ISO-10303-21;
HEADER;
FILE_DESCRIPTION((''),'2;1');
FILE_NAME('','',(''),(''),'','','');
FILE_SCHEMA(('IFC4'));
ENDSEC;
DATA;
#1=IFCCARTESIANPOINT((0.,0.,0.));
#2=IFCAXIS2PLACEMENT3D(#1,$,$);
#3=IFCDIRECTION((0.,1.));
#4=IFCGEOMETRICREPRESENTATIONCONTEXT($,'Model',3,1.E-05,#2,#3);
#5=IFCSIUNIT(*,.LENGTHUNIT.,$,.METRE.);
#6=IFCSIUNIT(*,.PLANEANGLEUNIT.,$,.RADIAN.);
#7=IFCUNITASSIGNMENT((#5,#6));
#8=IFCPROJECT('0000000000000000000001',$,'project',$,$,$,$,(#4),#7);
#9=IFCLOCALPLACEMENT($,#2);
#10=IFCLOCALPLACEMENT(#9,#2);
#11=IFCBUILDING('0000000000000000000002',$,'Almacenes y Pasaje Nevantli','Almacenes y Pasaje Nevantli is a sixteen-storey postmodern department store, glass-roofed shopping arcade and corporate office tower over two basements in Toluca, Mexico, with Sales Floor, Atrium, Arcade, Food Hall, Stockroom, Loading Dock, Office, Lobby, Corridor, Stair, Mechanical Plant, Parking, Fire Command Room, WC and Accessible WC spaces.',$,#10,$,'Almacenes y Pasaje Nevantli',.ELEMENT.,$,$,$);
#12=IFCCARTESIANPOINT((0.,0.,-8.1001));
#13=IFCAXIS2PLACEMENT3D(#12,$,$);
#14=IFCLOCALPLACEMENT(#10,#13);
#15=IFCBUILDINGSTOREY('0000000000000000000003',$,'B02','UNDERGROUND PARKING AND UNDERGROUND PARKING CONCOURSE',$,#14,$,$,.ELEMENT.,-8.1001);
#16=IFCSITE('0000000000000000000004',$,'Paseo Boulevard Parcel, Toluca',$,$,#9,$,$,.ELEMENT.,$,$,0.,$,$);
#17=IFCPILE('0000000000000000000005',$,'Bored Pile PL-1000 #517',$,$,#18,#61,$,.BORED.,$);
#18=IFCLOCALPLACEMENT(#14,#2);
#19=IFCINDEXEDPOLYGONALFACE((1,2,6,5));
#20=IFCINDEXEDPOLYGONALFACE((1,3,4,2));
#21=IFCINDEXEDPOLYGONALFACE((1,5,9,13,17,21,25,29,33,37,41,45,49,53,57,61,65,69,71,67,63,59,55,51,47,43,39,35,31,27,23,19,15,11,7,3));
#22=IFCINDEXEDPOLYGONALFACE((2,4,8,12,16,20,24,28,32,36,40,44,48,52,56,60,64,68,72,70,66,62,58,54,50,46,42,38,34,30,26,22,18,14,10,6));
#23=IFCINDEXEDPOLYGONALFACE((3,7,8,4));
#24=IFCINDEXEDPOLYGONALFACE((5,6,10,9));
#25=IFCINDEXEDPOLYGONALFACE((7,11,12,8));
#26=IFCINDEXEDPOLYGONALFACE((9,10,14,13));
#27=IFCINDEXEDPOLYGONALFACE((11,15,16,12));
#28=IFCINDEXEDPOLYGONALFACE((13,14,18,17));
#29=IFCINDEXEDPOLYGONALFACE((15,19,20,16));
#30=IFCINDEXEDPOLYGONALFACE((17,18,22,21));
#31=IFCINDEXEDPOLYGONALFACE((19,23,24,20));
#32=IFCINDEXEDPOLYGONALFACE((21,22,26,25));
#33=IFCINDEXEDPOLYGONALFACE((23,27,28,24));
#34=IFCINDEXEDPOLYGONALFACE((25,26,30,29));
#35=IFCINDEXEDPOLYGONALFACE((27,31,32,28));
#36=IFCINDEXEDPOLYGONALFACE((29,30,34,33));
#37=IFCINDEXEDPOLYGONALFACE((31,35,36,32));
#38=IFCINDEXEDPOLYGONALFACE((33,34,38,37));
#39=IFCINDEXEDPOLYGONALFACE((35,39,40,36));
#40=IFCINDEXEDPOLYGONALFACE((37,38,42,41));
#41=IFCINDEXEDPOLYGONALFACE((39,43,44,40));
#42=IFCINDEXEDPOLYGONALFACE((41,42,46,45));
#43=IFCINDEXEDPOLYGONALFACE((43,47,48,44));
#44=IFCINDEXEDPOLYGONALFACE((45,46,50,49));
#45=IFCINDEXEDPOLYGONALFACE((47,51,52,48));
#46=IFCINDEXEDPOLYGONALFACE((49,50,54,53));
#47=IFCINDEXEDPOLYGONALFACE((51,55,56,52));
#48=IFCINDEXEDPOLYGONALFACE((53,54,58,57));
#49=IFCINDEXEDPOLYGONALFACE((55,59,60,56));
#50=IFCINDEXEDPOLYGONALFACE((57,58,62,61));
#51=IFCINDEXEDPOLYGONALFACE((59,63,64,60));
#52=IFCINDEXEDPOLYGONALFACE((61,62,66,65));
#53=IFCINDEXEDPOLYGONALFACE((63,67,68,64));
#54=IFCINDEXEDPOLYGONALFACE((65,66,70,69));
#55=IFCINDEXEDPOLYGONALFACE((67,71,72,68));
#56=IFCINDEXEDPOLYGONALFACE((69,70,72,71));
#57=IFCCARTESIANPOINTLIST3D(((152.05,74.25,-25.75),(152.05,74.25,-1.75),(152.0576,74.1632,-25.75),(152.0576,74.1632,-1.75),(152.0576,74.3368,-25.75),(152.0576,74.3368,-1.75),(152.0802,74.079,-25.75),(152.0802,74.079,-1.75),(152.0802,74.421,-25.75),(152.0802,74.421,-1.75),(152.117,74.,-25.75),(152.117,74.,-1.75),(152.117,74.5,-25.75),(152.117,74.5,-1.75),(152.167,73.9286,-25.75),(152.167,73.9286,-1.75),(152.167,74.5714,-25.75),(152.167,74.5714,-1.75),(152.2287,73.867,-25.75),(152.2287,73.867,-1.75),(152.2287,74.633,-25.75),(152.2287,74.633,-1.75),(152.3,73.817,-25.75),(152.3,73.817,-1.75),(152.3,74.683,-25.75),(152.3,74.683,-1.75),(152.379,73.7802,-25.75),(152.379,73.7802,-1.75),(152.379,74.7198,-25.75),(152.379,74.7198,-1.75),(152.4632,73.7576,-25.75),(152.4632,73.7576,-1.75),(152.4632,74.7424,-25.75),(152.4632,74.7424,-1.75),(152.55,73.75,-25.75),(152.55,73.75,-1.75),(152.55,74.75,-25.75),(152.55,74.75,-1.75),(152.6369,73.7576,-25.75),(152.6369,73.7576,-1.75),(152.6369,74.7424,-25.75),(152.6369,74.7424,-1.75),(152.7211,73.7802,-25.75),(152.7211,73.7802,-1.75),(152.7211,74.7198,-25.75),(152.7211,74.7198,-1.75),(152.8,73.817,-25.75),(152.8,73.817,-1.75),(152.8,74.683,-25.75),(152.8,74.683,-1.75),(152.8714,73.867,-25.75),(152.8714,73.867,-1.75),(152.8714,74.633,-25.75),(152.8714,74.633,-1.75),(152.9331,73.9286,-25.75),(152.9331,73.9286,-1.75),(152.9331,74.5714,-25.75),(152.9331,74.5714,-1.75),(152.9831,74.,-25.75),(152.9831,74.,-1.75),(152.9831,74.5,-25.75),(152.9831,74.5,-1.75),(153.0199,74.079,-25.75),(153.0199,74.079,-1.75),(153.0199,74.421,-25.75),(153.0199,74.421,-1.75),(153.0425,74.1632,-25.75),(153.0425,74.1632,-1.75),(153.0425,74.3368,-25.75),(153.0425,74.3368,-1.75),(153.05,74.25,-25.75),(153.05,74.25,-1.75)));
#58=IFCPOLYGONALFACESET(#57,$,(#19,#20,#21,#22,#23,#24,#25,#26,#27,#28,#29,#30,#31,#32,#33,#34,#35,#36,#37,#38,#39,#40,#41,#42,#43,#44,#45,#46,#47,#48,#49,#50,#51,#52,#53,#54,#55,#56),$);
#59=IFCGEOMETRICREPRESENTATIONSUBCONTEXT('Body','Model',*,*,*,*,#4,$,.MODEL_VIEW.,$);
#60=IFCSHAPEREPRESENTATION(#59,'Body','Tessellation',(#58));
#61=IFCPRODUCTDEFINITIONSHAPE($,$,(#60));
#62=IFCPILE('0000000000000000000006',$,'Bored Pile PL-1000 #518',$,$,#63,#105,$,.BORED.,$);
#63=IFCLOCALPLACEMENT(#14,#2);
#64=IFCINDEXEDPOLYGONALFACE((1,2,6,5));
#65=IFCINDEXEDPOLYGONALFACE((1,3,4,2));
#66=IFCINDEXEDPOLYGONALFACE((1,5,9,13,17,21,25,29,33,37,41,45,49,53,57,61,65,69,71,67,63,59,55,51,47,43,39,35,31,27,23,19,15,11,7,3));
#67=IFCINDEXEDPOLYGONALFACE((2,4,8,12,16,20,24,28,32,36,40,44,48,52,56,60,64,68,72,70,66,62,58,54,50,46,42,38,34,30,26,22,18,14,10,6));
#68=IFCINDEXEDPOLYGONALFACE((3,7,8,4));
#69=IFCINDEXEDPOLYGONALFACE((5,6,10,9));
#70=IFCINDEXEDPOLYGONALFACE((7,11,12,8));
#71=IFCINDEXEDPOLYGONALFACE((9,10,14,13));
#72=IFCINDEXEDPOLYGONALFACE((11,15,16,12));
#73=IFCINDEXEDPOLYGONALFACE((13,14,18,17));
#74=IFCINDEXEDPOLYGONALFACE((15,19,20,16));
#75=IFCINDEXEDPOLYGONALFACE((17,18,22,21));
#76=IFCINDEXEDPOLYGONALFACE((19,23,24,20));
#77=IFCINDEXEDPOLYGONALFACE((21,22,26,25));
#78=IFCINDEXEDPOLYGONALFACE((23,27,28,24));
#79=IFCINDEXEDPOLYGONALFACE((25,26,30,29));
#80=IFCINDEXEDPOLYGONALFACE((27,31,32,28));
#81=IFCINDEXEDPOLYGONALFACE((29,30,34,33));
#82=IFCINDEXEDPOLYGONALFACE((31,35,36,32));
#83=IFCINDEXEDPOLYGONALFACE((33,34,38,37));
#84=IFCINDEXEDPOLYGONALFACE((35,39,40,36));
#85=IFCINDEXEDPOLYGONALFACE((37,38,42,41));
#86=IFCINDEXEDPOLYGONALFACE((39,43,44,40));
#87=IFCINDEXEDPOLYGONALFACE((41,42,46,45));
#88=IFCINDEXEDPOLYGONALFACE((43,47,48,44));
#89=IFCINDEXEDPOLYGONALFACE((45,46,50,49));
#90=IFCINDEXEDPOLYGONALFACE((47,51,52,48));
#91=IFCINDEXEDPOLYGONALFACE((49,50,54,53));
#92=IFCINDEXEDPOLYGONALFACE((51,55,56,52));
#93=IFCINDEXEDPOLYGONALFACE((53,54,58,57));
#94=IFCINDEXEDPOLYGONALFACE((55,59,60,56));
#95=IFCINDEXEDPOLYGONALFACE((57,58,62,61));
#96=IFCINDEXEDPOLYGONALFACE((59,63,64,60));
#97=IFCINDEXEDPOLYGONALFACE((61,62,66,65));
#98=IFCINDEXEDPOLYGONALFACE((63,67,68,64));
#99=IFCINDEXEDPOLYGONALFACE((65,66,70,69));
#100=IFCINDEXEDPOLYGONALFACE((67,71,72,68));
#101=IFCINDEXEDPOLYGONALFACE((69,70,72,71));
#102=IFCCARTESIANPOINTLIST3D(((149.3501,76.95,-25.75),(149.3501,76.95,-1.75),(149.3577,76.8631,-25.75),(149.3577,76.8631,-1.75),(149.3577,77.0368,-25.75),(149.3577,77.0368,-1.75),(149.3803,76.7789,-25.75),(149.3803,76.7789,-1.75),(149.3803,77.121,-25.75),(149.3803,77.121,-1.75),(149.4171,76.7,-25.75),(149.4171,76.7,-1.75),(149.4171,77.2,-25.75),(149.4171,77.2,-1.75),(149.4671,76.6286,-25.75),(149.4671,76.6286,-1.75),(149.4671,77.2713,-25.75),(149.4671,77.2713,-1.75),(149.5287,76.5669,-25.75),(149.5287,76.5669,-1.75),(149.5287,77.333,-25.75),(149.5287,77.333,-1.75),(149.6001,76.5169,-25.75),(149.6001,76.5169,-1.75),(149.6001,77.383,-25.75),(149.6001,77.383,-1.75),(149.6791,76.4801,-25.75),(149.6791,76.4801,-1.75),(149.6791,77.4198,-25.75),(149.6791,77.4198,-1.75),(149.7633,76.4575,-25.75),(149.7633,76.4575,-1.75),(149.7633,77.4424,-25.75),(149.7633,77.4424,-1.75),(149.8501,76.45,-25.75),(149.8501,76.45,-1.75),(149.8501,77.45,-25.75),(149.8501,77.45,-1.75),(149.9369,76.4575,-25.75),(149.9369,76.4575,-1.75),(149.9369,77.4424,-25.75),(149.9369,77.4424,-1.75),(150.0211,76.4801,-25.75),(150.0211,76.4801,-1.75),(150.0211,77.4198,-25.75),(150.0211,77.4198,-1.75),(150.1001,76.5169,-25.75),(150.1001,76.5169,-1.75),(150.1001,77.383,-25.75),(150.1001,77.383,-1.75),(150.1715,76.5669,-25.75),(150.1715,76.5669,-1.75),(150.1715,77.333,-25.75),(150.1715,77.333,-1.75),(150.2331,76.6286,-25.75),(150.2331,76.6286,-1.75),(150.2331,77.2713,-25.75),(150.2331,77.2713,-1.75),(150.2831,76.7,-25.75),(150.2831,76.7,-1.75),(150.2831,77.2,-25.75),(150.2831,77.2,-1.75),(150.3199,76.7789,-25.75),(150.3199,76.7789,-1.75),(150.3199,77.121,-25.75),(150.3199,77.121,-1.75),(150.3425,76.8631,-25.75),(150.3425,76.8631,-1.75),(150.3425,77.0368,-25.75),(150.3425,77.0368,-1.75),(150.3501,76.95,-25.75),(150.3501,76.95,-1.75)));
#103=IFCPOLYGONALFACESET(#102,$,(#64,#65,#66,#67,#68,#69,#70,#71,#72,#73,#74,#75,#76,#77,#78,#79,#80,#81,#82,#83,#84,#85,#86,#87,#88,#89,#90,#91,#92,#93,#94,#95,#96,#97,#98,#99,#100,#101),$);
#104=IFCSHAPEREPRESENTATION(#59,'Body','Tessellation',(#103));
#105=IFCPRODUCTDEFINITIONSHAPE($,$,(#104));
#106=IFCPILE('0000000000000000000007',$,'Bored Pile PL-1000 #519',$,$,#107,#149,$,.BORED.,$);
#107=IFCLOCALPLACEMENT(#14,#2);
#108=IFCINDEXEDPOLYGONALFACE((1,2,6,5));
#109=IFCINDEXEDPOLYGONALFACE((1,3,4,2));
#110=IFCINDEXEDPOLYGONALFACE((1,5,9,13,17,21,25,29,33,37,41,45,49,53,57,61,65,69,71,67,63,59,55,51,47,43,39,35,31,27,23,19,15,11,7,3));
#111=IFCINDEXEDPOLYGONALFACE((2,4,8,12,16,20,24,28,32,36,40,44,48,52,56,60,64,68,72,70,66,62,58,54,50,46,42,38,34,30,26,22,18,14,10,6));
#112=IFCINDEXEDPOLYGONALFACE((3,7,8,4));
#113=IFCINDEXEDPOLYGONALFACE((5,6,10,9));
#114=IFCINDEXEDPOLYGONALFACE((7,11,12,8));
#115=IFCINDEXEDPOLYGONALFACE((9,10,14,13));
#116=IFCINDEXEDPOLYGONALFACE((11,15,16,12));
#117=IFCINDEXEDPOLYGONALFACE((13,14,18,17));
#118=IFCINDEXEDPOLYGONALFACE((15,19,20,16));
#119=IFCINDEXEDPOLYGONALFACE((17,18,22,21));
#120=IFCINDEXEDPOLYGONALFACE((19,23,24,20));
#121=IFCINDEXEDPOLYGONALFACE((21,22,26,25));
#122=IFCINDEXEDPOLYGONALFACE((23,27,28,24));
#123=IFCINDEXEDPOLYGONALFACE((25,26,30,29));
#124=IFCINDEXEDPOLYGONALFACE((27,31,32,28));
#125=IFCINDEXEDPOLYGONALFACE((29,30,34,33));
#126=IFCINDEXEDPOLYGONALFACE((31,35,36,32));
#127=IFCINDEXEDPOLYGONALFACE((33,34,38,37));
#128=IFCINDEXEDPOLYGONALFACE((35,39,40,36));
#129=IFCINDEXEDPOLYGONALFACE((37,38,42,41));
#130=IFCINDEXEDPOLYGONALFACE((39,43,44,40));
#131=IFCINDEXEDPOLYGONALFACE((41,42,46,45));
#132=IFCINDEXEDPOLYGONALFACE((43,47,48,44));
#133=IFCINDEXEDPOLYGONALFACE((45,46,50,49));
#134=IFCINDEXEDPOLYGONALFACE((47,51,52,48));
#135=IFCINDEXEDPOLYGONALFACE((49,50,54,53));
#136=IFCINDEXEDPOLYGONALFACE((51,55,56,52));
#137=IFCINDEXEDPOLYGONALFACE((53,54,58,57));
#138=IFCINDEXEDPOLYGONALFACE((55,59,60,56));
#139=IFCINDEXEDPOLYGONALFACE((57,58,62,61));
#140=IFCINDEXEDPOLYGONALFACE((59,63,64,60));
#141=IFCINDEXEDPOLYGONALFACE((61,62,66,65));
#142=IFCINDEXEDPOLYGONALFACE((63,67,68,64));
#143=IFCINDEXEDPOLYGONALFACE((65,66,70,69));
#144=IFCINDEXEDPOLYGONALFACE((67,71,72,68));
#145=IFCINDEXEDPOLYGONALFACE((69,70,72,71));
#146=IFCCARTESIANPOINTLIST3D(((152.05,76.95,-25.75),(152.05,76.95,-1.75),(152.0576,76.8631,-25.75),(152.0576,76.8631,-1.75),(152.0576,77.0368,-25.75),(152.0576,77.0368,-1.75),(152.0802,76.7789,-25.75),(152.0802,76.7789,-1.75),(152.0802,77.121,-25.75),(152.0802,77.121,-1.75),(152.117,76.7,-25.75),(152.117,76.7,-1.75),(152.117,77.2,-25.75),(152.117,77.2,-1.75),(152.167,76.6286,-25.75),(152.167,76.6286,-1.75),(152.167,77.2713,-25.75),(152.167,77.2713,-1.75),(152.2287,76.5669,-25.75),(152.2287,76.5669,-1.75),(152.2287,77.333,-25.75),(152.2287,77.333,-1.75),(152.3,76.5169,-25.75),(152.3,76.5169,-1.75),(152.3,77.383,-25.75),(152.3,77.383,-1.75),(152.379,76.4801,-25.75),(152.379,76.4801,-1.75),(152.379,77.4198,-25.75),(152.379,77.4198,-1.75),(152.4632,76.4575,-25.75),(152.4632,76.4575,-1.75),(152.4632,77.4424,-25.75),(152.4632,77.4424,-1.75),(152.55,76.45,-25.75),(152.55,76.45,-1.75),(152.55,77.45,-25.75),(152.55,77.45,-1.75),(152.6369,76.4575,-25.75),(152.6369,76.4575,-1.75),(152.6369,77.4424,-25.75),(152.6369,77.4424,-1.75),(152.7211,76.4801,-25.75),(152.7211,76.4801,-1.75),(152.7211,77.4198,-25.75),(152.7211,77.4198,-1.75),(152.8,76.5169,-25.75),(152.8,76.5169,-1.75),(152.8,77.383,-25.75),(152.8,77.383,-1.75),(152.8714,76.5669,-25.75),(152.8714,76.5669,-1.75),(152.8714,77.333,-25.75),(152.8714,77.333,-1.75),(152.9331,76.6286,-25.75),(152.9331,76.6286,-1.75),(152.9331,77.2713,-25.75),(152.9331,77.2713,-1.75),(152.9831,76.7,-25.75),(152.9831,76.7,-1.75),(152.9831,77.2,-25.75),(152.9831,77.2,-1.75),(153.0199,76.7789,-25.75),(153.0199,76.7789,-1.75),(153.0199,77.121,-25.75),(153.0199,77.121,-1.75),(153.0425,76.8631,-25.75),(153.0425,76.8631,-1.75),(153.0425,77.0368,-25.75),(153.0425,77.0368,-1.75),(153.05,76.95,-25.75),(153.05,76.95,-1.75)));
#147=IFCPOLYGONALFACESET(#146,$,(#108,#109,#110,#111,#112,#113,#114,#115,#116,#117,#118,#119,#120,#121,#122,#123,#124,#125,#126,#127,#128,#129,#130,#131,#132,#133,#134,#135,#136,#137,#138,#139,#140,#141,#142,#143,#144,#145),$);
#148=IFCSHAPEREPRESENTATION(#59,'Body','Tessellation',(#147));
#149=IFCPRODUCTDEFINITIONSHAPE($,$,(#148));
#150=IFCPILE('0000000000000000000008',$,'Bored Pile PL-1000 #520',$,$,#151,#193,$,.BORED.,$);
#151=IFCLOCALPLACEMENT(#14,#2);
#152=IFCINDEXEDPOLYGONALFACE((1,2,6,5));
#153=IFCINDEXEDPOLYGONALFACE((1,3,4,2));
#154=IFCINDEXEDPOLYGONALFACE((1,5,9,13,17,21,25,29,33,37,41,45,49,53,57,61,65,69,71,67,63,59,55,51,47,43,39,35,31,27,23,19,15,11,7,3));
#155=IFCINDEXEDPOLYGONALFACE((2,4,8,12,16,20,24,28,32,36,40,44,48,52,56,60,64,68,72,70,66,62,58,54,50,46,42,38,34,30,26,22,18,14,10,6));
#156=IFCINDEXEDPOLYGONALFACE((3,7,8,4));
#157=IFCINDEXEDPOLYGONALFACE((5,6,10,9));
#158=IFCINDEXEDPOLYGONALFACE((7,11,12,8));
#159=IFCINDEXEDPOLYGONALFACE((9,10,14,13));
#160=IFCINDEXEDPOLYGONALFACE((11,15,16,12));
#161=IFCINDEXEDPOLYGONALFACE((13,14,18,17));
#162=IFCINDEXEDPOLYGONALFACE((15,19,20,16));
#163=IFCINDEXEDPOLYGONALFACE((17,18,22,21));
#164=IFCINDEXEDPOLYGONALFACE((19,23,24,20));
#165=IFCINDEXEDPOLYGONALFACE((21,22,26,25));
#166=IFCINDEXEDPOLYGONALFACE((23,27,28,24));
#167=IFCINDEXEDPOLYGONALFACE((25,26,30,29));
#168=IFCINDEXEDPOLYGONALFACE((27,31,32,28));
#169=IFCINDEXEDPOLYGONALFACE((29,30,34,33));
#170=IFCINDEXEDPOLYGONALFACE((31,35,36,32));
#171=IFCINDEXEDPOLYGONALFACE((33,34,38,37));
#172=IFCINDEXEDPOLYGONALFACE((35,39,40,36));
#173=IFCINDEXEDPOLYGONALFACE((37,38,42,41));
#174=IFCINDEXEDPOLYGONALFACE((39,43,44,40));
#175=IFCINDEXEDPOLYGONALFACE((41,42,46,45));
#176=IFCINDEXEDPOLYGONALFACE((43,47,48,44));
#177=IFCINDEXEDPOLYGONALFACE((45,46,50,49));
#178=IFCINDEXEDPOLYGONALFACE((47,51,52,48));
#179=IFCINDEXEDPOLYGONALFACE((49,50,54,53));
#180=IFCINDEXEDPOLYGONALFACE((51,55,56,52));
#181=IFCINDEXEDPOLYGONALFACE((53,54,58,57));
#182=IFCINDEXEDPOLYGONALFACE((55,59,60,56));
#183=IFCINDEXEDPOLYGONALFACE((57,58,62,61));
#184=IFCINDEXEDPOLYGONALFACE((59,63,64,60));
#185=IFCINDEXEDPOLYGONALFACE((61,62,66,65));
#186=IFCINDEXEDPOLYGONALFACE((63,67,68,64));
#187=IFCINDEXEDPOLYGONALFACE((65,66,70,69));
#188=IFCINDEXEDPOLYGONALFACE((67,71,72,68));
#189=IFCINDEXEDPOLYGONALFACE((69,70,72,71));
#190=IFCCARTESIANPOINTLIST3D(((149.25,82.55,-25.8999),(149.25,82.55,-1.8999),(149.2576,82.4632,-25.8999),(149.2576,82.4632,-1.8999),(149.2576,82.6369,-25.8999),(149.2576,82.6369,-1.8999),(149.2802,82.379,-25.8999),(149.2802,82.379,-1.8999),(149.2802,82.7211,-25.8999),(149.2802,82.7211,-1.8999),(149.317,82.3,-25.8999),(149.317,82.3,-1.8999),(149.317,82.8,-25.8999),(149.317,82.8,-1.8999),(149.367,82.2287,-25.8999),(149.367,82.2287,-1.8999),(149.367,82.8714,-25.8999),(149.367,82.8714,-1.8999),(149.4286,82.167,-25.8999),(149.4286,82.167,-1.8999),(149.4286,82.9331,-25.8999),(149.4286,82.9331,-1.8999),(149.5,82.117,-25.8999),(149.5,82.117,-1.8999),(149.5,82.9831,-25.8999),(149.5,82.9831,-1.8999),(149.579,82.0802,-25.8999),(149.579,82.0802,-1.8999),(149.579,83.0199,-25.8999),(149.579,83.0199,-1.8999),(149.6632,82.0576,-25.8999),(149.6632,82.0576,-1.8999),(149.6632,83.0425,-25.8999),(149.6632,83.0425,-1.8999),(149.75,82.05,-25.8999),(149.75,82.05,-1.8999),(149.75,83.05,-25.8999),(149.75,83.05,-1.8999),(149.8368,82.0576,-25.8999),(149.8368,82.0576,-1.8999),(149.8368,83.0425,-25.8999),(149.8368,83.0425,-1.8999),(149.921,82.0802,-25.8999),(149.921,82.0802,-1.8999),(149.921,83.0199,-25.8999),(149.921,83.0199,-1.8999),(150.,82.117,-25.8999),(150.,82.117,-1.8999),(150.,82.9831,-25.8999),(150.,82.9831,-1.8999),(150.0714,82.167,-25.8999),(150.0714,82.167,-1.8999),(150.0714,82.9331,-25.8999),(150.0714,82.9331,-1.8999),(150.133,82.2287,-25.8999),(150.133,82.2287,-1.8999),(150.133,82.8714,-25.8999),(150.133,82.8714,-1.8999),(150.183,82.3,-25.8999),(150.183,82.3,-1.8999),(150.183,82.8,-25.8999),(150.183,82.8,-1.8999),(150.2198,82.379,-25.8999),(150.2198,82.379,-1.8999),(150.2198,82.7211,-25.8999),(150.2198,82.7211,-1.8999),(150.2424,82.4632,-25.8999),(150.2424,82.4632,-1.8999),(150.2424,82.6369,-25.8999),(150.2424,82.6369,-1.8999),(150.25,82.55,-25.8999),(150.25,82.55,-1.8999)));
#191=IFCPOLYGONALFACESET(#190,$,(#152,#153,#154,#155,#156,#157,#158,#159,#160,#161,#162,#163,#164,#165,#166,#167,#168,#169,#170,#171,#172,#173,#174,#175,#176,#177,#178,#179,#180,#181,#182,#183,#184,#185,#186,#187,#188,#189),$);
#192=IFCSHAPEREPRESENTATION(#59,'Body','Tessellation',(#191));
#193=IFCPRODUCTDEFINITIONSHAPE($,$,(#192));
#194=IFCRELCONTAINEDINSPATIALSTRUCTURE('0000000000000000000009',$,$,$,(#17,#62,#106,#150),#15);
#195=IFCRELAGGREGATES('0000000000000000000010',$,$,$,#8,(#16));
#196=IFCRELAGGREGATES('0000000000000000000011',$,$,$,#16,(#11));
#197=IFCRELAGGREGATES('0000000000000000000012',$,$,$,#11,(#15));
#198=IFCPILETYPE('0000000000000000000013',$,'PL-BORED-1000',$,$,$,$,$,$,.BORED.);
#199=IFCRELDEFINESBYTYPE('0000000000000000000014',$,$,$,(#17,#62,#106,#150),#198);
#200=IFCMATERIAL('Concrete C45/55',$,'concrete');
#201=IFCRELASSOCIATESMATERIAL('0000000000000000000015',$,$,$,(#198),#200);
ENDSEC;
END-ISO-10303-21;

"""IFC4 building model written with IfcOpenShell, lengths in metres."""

from ifc_helpers import new_model, si_unit, direction, frame, origin, origin_2d, place, context, subcontext, project, spatial, circle, extrude, material, material_profile, profile_set, type_object, element, save


model = new_model("IFC4")

# Units and contexts
model_context = context("Model", 3, precision=1e-05, world=origin(), true_north=direction((0.0, 1.0)))
body_context = subcontext(model_context, "Body", "Model", "MODEL_VIEW")
ifc_project = project(units=[si_unit("LENGTHUNIT", "METRE"), si_unit("PLANEANGLEUNIT", "RADIAN")], contexts=[model_context])

# Site, building, storey
site_placement = place(None, origin())
site = spatial("IfcSite", under=ifc_project, at=site_placement, Name="Paseo Boulevard Parcel, Toluca", CompositionType="ELEMENT", RefElevation=0.0)
building_placement = place(site_placement, origin())
building = spatial("IfcBuilding", under=site, at=building_placement, Name="Almacenes y Pasaje Nevantli", Description="Almacenes y Pasaje Nevantli is a sixteen-storey postmodern department store, glass-roofed shopping arcade and corporate office tower over two basements in Toluca, Mexico, with Sales Floor, Atrium, Arcade, Food Hall, Stockroom, Loading Dock, Office, Lobby, Corridor, Stair, Mechanical Plant, Parking, Fire Command Room, WC and Accessible WC spaces.", LongName="Almacenes y Pasaje Nevantli", CompositionType="ELEMENT")
storey_placement = place(building_placement, frame((0.0, 0.0, -8.1001)))
storey = spatial("IfcBuildingStorey", under=building, at=storey_placement, Name="B02", Description="UNDERGROUND PARKING AND UNDERGROUND PARKING CONCOURSE", CompositionType="ELEMENT", Elevation=-8.1001)

# Piles
ifc_material_1 = material(Name="Concrete C45/55", Category="concrete")
ifc_material_profile_1 = material_profile(ifc_material_1, circle(Radius=0.5, at=origin_2d()), Name="RC-PILE-D1000")
ifc_profile_set_1 = profile_set([ifc_material_profile_1], Name="Concrete C45/55")
pile_type = type_object("IfcPileType", Name="PL-BORED-1000", PredefinedType="BORED", material=ifc_profile_set_1)
for number, where, z_axis, x_axis, name in (
    (1, (152.55, 74.25, -1.75), (0.0, 0.0, -1.0), (1.0, 0.0, 0.0), "Bored Pile PL-1000 #517"),
    (2, (149.8501, 76.95, -1.75), (0.0, 0.0, -1.0), (1.0, 0.0, 0.0), "Bored Pile PL-1000 #518"),
    (3, (152.55, 76.95, -1.75), (0.0, 0.0, -1.0), (1.0, 0.0, 0.0), "Bored Pile PL-1000 #519"),
    (4, (149.75, 82.55, -1.8999), (0.0, 0.0, -1.0), (1.0, 0.0, 0.0), "Bored Pile PL-1000 #520"),
):
    element("IfcPile", number, at=place(storey_placement, frame(where, z_axis=z_axis, x_axis=x_axis)), inside=storey, type_object=pile_type, Name=name, PredefinedType="BORED", context=body_context, shape_type="SweptSolid", body=[
        extrude(circle(Radius=0.5, at=origin_2d()), origin(), (0.0, 0.0, 1.0), 24.0),
    ])

save(model, "model.ifc")
